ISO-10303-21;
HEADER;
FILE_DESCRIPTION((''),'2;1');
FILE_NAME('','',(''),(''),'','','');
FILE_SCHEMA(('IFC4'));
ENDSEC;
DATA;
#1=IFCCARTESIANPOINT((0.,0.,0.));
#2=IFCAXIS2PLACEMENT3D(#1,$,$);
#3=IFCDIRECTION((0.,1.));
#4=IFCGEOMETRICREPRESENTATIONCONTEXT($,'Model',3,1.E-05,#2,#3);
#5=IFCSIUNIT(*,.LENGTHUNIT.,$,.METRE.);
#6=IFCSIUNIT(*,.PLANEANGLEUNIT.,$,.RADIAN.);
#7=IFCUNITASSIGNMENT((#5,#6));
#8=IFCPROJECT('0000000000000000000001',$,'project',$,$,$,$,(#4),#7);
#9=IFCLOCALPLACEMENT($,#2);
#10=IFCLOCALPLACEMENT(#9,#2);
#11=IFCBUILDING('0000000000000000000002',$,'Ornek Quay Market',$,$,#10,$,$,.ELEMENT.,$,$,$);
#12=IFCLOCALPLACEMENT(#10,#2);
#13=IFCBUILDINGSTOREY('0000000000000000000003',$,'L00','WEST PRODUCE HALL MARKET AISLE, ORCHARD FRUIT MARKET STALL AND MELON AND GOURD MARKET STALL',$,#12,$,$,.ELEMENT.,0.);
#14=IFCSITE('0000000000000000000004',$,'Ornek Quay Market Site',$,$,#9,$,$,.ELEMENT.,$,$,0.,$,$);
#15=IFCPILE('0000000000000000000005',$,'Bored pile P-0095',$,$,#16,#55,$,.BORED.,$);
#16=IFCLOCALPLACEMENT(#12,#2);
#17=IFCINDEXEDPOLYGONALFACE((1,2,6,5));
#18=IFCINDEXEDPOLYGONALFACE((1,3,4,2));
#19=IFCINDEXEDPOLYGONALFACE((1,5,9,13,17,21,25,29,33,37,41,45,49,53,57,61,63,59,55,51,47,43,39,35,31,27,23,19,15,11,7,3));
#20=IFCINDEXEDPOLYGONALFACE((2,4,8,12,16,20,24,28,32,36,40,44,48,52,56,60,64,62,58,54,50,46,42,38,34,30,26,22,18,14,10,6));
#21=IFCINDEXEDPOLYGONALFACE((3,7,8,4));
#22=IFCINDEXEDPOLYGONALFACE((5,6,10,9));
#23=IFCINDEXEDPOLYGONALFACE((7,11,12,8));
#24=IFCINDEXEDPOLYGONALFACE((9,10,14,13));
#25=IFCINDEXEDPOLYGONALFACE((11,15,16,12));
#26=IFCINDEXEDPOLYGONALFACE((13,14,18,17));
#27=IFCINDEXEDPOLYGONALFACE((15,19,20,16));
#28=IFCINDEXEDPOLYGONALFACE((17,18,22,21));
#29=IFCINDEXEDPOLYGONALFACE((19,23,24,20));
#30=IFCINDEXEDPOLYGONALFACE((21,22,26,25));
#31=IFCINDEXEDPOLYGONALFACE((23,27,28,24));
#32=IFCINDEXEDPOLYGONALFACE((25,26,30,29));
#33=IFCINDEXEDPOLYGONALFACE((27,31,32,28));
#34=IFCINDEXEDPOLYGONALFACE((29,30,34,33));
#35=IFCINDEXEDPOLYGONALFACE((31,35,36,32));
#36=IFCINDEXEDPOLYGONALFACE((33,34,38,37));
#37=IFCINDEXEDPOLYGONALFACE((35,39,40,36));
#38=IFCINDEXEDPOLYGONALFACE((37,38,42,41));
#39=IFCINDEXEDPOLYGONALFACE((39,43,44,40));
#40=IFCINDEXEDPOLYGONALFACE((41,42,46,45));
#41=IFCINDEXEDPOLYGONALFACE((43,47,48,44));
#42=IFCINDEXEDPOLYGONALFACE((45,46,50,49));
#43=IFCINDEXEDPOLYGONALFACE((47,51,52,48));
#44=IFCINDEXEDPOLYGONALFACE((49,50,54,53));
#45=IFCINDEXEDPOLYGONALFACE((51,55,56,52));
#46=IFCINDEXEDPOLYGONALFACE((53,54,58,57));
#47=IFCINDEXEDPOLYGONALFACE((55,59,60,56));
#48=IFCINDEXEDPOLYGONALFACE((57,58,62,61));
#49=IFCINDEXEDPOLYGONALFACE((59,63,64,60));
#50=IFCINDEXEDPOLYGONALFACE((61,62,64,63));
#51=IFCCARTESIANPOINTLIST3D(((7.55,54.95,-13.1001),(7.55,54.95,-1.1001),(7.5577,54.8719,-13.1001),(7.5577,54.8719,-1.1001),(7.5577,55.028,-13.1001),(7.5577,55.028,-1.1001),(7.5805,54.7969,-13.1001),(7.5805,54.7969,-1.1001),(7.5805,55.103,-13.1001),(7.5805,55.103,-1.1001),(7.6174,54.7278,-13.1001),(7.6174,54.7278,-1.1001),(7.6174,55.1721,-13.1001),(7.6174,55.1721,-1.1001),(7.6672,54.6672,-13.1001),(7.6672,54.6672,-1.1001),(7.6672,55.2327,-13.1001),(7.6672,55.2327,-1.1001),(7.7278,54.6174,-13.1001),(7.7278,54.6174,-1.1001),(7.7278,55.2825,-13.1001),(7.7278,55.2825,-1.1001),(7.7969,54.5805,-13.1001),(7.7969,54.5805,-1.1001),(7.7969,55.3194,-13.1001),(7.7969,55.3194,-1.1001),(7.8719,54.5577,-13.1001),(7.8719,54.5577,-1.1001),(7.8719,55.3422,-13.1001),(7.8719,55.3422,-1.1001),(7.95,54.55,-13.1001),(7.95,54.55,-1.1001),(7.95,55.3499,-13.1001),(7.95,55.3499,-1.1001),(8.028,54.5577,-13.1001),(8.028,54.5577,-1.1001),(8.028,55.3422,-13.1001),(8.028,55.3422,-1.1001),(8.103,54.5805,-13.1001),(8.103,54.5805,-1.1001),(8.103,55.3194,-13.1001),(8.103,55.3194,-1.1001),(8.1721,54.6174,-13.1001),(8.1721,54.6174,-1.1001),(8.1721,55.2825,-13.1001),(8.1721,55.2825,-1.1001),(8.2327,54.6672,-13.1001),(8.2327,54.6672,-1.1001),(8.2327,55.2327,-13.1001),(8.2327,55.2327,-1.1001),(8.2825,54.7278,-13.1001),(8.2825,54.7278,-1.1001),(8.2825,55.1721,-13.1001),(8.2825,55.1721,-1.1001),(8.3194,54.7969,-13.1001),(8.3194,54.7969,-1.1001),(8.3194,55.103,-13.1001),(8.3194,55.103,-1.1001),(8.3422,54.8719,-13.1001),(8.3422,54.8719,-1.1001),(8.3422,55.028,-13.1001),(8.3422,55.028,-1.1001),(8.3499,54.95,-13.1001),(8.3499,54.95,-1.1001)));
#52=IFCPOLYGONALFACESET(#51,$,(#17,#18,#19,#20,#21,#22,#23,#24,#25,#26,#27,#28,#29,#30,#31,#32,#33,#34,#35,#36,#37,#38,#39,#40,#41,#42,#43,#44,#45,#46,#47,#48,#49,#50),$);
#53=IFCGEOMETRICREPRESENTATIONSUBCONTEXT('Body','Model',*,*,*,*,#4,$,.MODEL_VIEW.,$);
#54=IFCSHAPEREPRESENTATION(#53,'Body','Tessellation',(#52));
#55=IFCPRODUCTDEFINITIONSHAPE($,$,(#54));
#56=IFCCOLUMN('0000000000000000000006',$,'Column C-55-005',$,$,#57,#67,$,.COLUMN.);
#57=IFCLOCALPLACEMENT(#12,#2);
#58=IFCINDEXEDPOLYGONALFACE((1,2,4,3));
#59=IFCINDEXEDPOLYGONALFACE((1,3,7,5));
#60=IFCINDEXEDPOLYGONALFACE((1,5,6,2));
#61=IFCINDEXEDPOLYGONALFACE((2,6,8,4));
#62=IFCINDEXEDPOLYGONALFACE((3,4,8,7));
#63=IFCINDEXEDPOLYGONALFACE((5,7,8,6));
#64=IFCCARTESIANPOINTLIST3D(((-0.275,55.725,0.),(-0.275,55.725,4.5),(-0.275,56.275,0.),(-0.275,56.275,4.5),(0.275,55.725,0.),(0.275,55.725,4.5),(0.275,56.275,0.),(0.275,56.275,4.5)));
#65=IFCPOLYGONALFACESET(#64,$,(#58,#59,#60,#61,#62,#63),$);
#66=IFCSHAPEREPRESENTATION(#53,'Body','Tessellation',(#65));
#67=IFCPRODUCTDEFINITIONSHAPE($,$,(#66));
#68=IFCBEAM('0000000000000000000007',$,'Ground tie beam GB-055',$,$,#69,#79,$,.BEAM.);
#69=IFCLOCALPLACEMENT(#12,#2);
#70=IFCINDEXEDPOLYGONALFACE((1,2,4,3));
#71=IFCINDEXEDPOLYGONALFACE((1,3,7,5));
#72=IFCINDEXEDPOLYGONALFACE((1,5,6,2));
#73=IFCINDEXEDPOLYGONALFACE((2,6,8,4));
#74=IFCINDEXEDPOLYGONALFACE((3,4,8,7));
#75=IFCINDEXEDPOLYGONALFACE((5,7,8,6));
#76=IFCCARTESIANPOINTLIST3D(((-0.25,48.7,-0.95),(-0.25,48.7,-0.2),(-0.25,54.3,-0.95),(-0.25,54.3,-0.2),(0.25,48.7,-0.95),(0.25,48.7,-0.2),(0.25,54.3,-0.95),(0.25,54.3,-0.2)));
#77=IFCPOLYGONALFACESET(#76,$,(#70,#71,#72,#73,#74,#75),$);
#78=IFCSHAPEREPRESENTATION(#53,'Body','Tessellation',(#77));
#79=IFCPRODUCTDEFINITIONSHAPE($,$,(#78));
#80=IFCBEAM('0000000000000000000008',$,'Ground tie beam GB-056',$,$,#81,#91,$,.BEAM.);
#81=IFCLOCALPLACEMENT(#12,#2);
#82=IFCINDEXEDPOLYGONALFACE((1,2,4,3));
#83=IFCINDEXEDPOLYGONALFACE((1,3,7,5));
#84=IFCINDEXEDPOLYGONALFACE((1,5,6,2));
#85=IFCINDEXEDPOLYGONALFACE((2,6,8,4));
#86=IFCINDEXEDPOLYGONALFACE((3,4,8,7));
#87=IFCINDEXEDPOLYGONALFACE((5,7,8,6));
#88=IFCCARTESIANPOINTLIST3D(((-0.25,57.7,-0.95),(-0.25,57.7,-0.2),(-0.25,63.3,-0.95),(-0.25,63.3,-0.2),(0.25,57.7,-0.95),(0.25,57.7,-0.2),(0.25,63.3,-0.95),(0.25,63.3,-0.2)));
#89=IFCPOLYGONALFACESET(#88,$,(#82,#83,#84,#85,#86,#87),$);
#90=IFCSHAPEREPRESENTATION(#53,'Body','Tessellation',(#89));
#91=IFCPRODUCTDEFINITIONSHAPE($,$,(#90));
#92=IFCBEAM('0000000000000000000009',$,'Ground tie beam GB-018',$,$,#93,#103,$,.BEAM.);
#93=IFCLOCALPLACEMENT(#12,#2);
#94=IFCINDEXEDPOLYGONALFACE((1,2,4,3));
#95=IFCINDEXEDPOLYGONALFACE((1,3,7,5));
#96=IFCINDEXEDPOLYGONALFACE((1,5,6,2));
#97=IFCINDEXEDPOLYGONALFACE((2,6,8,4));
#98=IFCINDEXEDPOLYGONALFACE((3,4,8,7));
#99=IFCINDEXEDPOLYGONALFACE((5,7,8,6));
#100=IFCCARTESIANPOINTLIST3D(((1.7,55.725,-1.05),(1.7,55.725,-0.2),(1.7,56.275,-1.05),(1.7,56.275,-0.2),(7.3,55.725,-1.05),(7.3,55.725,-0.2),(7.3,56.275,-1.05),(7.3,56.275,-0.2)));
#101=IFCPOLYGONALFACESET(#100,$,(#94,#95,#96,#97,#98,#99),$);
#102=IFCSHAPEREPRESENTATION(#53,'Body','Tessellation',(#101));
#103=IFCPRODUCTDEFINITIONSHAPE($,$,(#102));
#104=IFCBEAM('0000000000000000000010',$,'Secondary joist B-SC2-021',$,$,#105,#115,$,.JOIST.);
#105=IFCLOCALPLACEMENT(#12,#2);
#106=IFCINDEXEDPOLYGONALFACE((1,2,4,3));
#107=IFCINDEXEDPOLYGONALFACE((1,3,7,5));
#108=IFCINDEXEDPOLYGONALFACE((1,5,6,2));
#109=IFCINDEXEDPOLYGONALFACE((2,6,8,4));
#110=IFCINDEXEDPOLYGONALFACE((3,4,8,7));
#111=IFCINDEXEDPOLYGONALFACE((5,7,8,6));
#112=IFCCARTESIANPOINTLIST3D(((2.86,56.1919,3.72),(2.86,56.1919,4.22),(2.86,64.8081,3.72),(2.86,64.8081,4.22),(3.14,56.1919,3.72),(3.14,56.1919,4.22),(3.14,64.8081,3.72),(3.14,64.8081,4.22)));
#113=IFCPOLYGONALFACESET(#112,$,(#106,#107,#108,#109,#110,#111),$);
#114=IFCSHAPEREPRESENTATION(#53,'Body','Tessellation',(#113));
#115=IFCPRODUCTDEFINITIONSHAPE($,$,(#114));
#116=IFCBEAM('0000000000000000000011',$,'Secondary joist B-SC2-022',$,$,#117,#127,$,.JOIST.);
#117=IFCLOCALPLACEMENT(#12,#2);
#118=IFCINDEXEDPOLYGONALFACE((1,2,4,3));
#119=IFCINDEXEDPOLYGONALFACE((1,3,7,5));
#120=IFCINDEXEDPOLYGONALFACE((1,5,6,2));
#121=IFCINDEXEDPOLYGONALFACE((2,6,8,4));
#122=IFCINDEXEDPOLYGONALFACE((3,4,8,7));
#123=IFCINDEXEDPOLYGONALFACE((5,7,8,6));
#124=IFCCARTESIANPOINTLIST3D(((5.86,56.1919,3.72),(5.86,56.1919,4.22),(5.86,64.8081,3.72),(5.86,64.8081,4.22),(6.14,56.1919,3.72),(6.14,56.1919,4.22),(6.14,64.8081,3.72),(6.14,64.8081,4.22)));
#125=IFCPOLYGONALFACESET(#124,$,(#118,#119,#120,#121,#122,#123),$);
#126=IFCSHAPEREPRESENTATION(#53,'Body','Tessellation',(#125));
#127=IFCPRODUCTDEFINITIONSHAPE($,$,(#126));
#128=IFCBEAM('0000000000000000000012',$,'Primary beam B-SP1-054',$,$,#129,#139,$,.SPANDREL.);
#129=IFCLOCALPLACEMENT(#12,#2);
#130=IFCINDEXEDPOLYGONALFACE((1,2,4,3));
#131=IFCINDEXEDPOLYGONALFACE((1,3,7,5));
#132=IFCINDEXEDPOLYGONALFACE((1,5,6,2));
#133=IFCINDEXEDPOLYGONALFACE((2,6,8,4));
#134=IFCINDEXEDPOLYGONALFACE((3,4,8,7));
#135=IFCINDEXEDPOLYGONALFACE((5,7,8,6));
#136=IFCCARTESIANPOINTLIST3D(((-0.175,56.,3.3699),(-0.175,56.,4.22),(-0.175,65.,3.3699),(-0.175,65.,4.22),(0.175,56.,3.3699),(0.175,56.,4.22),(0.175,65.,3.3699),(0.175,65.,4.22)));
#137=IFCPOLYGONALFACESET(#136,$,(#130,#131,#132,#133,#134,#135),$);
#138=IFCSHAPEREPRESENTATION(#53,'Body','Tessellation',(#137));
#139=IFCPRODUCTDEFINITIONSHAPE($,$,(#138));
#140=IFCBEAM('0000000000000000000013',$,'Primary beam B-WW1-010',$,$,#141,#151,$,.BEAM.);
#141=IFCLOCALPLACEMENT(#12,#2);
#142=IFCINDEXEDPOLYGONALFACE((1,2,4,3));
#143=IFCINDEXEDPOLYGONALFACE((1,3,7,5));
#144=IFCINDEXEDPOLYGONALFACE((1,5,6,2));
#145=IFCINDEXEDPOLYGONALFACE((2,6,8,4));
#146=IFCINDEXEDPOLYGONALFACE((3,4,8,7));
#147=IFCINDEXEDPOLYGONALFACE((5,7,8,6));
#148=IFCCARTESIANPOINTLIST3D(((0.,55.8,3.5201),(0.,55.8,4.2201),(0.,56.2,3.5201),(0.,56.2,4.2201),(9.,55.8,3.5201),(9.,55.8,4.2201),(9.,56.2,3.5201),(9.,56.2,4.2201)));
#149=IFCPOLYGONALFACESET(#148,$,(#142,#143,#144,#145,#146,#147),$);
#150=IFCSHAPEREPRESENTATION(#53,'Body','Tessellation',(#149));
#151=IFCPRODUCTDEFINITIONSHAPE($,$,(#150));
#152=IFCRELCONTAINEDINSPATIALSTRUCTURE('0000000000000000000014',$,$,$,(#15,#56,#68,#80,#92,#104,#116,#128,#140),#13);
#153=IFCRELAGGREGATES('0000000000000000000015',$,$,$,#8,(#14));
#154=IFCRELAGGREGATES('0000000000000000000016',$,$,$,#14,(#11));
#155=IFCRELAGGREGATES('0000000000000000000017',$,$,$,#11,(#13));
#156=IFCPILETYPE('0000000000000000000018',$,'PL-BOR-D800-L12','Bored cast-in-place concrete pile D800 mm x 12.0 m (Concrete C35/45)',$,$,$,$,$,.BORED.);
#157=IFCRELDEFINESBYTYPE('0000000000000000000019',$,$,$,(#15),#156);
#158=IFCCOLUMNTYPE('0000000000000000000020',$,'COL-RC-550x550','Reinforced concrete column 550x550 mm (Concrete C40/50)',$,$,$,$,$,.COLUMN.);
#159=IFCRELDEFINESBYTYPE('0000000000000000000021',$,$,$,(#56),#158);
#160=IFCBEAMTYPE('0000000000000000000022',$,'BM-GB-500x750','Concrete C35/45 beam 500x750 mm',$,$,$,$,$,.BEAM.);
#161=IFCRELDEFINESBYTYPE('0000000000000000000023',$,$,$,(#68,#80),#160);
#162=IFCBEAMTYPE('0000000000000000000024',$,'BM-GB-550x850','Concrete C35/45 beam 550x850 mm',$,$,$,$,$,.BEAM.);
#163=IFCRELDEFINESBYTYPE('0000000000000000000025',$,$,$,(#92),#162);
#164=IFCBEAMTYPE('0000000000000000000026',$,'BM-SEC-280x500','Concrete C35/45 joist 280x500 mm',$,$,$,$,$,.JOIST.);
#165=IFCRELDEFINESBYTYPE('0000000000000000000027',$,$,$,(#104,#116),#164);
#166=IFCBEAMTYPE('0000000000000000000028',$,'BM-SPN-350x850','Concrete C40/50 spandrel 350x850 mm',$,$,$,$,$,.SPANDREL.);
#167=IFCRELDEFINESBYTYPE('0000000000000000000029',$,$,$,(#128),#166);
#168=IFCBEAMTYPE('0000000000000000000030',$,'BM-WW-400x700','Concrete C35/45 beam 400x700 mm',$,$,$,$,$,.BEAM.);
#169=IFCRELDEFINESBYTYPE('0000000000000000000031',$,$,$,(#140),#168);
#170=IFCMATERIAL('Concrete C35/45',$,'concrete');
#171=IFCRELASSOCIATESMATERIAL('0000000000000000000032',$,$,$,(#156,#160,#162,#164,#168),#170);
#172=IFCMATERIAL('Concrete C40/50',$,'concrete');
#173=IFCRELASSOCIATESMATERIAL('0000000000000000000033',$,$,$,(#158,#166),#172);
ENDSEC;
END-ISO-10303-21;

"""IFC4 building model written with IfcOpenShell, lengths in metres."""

from ifc_helpers import new_model, si_unit, direction, frame, origin, origin_2d, place, context, subcontext, project, spatial, rectangle, circle, extrude, material, material_profile, profile_set, type_object, element, save


model = new_model("IFC4")

# Units and contexts
model_context = context("Model", 3, precision=1e-05, world=origin(), true_north=direction((0.0, 1.0)))
body_context = subcontext(model_context, "Body", "Model", "MODEL_VIEW")
ifc_project = project(units=[si_unit("LENGTHUNIT", "METRE"), si_unit("PLANEANGLEUNIT", "RADIAN")], contexts=[model_context])

# Site, building, storey
site_placement = place(None, origin())
site = spatial("IfcSite", under=ifc_project, at=site_placement, Name="Ornek Quay Market Site", CompositionType="ELEMENT", RefElevation=0.0)
building_placement = place(site_placement, origin())
building = spatial("IfcBuilding", under=site, at=building_placement, Name="Ornek Quay Market", CompositionType="ELEMENT")
storey_placement = place(building_placement, origin())
storey = spatial("IfcBuildingStorey", under=building, at=storey_placement, Name="L00", Description="WEST PRODUCE HALL MARKET AISLE, ORCHARD FRUIT MARKET STALL AND MELON AND GOURD MARKET STALL", CompositionType="ELEMENT", Elevation=0.0)

# Pile
ifc_material_1 = material(Name="Concrete C35/45", Category="concrete")
ifc_material_profile_1 = material_profile(ifc_material_1, circle(Radius=0.3999, at=origin_2d()), Name="PILE D800", Category="concrete")
ifc_profile_set_1 = profile_set([ifc_material_profile_1], Name="Concrete C35/45")
pile_type = type_object("IfcPileType", Name="PL-BOR-D800-L12", Description="Bored cast-in-place concrete pile D800 mm x 12.0 m (Concrete C35/45)", PredefinedType="BORED", material=ifc_profile_set_1)
for number, where, z_axis, x_axis, name in (
    (1, (7.95, 54.95, -1.1001), (0.0, 0.0, -1.0), (1.0, 0.0, 0.0), "Bored pile P-0095"),
):
    element("IfcPile", number, at=place(storey_placement, frame(where, z_axis=z_axis, x_axis=x_axis)), inside=storey, type_object=pile_type, Name=name, PredefinedType="BORED", context=body_context, shape_type="SweptSolid", body=[
        extrude(circle(Radius=0.3999, at=origin_2d()), origin(), (0.0, 0.0, 1.0), 12.0),
    ])

# Column
ifc_material_2 = material(Name="Concrete C40/50", Category="concrete")
ifc_material_profile_2 = material_profile(ifc_material_2, rectangle(XDim=0.55, YDim=0.55, at=origin_2d()), Name="RC 550x550", Category="concrete")
ifc_profile_set_2 = profile_set([ifc_material_profile_2], Name="Concrete C40/50")
column_type = type_object("IfcColumnType", Name="COL-RC-550x550", Description="Reinforced concrete column 550x550 mm (Concrete C40/50)", PredefinedType="COLUMN", material=ifc_profile_set_2)
column_placement = place(storey_placement, frame((0.0, 56.0, 0.0), z_axis=(0.0, 0.0, 1.0), x_axis=(1.0, 0.0, 0.0)))
element("IfcColumn", 2, at=column_placement, inside=storey, type_object=column_type, Name="Column C-55-005", PredefinedType="COLUMN", context=body_context, shape_type="SweptSolid", body=[
    extrude(rectangle(XDim=0.55, YDim=0.55, at=origin_2d()), origin(), (0.0, 0.0, 1.0), 4.5),
])

# Beams
ifc_material_profile_3 = material_profile(ifc_material_1, rectangle(XDim=0.5, YDim=0.75, at=origin_2d()), Name="RC 500x750", Category="concrete")
ifc_profile_set_3 = profile_set([ifc_material_profile_3], Name="Concrete C35/45")
beam_type_1 = type_object("IfcBeamType", Name="BM-GB-500x750", Description="Concrete C35/45 beam 500x750 mm", PredefinedType="BEAM", material=ifc_profile_set_3)
for number, where, z_axis, x_axis, name in (
    (3, (0.0, 48.7, -0.575), (0.0, 1.0, 0.0), (-1.0, 0.0, 0.0), "Ground tie beam GB-055"),
    (4, (0.0, 57.7, -0.575), (0.0, 1.0, 0.0), (-1.0, 0.0, 0.0), "Ground tie beam GB-056"),
):
    element("IfcBeam", number, at=place(storey_placement, frame(where, z_axis=z_axis, x_axis=x_axis)), inside=storey, type_object=beam_type_1, Name=name, PredefinedType="BEAM", context=body_context, shape_type="SweptSolid", body=[
        extrude(rectangle(XDim=0.5, YDim=0.75, at=origin_2d()), origin(), (0.0, 0.0, 1.0), 5.6001),
    ])
ifc_material_profile_4 = material_profile(ifc_material_1, rectangle(XDim=0.55, YDim=0.8501, at=origin_2d()), Name="RC 550x850", Category="concrete")
ifc_profile_set_4 = profile_set([ifc_material_profile_4], Name="Concrete C35/45")
beam_type_2 = type_object("IfcBeamType", Name="BM-GB-550x850", Description="Concrete C35/45 beam 550x850 mm", PredefinedType="BEAM", material=ifc_profile_set_4)
beam_1_placement = place(storey_placement, frame((1.7, 56.0, -0.625), z_axis=(1.0, 0.0, 0.0), x_axis=(0.0, 1.0, 0.0)))
element("IfcBeam", 5, at=beam_1_placement, inside=storey, type_object=beam_type_2, Name="Ground tie beam GB-018", PredefinedType="BEAM", context=body_context, shape_type="SweptSolid", body=[
    extrude(rectangle(XDim=0.55, YDim=0.8501, at=origin_2d()), origin(), (0.0, 0.0, 1.0), 5.6001),
])
ifc_material_profile_5 = material_profile(ifc_material_1, rectangle(XDim=0.28, YDim=0.5, at=origin_2d()), Name="RC 280x500", Category="concrete")
ifc_profile_set_5 = profile_set([ifc_material_profile_5], Name="Concrete C35/45")
beam_type_3 = type_object("IfcBeamType", Name="BM-SEC-280x500", Description="Concrete C35/45 joist 280x500 mm", PredefinedType="JOIST", material=ifc_profile_set_5)
for number, where, z_axis, x_axis, name in (
    (6, (3.0, 56.1919, 3.97), (0.0, 1.0, 0.0), (-1.0, 0.0, 0.0), "Secondary joist B-SC2-021"),
    (7, (6.0, 56.1919, 3.97), (0.0, 1.0, 0.0), (-1.0, 0.0, 0.0), "Secondary joist B-SC2-022"),
):
    element("IfcBeam", number, at=place(storey_placement, frame(where, z_axis=z_axis, x_axis=x_axis)), inside=storey, type_object=beam_type_3, Name=name, PredefinedType="JOIST", context=body_context, shape_type="SweptSolid", body=[
        extrude(rectangle(XDim=0.28, YDim=0.5, at=origin_2d()), origin(), (0.0, 0.0, 1.0), 8.6162),
    ])
ifc_material_profile_6 = material_profile(ifc_material_2, rectangle(XDim=0.3501, YDim=0.8501, at=origin_2d()), Name="RC 350x850", Category="concrete")
ifc_profile_set_6 = profile_set([ifc_material_profile_6], Name="Concrete C40/50")
beam_type_4 = type_object("IfcBeamType", Name="BM-SPN-350x850", Description="Concrete C40/50 spandrel 350x850 mm", PredefinedType="SPANDREL", material=ifc_profile_set_6)
beam_2_placement = place(storey_placement, frame((0.0, 56.0, 3.7949), z_axis=(0.0, 1.0, 0.0), x_axis=(-1.0, 0.0, 0.0)))
element("IfcBeam", 8, at=beam_2_placement, inside=storey, type_object=beam_type_4, Name="Primary beam B-SP1-054", PredefinedType="SPANDREL", context=body_context, shape_type="SweptSolid", body=[
    extrude(rectangle(XDim=0.3501, YDim=0.8501, at=origin_2d()), origin(), (0.0, 0.0, 1.0), 9.0),
])
ifc_material_profile_7 = material_profile(ifc_material_1, rectangle(XDim=0.3999, YDim=0.7, at=origin_2d()), Name="RC 400x700", Category="concrete")
ifc_profile_set_7 = profile_set([ifc_material_profile_7], Name="Concrete C35/45")
beam_type_5 = type_object("IfcBeamType", Name="BM-WW-400x700", Description="Concrete C35/45 beam 400x700 mm", PredefinedType="BEAM", material=ifc_profile_set_7)
beam_3_placement = place(storey_placement, frame((0.0, 56.0, 3.8701), z_axis=(1.0, 0.0, 0.0), x_axis=(0.0, 1.0, 0.0)))
element("IfcBeam", 9, at=beam_3_placement, inside=storey, type_object=beam_type_5, Name="Primary beam B-WW1-010", PredefinedType="BEAM", context=body_context, shape_type="SweptSolid", body=[
    extrude(rectangle(XDim=0.3999, YDim=0.7, at=origin_2d()), origin(), (0.0, 0.0, 1.0), 9.0),
])

save(model, "model.ifc")
